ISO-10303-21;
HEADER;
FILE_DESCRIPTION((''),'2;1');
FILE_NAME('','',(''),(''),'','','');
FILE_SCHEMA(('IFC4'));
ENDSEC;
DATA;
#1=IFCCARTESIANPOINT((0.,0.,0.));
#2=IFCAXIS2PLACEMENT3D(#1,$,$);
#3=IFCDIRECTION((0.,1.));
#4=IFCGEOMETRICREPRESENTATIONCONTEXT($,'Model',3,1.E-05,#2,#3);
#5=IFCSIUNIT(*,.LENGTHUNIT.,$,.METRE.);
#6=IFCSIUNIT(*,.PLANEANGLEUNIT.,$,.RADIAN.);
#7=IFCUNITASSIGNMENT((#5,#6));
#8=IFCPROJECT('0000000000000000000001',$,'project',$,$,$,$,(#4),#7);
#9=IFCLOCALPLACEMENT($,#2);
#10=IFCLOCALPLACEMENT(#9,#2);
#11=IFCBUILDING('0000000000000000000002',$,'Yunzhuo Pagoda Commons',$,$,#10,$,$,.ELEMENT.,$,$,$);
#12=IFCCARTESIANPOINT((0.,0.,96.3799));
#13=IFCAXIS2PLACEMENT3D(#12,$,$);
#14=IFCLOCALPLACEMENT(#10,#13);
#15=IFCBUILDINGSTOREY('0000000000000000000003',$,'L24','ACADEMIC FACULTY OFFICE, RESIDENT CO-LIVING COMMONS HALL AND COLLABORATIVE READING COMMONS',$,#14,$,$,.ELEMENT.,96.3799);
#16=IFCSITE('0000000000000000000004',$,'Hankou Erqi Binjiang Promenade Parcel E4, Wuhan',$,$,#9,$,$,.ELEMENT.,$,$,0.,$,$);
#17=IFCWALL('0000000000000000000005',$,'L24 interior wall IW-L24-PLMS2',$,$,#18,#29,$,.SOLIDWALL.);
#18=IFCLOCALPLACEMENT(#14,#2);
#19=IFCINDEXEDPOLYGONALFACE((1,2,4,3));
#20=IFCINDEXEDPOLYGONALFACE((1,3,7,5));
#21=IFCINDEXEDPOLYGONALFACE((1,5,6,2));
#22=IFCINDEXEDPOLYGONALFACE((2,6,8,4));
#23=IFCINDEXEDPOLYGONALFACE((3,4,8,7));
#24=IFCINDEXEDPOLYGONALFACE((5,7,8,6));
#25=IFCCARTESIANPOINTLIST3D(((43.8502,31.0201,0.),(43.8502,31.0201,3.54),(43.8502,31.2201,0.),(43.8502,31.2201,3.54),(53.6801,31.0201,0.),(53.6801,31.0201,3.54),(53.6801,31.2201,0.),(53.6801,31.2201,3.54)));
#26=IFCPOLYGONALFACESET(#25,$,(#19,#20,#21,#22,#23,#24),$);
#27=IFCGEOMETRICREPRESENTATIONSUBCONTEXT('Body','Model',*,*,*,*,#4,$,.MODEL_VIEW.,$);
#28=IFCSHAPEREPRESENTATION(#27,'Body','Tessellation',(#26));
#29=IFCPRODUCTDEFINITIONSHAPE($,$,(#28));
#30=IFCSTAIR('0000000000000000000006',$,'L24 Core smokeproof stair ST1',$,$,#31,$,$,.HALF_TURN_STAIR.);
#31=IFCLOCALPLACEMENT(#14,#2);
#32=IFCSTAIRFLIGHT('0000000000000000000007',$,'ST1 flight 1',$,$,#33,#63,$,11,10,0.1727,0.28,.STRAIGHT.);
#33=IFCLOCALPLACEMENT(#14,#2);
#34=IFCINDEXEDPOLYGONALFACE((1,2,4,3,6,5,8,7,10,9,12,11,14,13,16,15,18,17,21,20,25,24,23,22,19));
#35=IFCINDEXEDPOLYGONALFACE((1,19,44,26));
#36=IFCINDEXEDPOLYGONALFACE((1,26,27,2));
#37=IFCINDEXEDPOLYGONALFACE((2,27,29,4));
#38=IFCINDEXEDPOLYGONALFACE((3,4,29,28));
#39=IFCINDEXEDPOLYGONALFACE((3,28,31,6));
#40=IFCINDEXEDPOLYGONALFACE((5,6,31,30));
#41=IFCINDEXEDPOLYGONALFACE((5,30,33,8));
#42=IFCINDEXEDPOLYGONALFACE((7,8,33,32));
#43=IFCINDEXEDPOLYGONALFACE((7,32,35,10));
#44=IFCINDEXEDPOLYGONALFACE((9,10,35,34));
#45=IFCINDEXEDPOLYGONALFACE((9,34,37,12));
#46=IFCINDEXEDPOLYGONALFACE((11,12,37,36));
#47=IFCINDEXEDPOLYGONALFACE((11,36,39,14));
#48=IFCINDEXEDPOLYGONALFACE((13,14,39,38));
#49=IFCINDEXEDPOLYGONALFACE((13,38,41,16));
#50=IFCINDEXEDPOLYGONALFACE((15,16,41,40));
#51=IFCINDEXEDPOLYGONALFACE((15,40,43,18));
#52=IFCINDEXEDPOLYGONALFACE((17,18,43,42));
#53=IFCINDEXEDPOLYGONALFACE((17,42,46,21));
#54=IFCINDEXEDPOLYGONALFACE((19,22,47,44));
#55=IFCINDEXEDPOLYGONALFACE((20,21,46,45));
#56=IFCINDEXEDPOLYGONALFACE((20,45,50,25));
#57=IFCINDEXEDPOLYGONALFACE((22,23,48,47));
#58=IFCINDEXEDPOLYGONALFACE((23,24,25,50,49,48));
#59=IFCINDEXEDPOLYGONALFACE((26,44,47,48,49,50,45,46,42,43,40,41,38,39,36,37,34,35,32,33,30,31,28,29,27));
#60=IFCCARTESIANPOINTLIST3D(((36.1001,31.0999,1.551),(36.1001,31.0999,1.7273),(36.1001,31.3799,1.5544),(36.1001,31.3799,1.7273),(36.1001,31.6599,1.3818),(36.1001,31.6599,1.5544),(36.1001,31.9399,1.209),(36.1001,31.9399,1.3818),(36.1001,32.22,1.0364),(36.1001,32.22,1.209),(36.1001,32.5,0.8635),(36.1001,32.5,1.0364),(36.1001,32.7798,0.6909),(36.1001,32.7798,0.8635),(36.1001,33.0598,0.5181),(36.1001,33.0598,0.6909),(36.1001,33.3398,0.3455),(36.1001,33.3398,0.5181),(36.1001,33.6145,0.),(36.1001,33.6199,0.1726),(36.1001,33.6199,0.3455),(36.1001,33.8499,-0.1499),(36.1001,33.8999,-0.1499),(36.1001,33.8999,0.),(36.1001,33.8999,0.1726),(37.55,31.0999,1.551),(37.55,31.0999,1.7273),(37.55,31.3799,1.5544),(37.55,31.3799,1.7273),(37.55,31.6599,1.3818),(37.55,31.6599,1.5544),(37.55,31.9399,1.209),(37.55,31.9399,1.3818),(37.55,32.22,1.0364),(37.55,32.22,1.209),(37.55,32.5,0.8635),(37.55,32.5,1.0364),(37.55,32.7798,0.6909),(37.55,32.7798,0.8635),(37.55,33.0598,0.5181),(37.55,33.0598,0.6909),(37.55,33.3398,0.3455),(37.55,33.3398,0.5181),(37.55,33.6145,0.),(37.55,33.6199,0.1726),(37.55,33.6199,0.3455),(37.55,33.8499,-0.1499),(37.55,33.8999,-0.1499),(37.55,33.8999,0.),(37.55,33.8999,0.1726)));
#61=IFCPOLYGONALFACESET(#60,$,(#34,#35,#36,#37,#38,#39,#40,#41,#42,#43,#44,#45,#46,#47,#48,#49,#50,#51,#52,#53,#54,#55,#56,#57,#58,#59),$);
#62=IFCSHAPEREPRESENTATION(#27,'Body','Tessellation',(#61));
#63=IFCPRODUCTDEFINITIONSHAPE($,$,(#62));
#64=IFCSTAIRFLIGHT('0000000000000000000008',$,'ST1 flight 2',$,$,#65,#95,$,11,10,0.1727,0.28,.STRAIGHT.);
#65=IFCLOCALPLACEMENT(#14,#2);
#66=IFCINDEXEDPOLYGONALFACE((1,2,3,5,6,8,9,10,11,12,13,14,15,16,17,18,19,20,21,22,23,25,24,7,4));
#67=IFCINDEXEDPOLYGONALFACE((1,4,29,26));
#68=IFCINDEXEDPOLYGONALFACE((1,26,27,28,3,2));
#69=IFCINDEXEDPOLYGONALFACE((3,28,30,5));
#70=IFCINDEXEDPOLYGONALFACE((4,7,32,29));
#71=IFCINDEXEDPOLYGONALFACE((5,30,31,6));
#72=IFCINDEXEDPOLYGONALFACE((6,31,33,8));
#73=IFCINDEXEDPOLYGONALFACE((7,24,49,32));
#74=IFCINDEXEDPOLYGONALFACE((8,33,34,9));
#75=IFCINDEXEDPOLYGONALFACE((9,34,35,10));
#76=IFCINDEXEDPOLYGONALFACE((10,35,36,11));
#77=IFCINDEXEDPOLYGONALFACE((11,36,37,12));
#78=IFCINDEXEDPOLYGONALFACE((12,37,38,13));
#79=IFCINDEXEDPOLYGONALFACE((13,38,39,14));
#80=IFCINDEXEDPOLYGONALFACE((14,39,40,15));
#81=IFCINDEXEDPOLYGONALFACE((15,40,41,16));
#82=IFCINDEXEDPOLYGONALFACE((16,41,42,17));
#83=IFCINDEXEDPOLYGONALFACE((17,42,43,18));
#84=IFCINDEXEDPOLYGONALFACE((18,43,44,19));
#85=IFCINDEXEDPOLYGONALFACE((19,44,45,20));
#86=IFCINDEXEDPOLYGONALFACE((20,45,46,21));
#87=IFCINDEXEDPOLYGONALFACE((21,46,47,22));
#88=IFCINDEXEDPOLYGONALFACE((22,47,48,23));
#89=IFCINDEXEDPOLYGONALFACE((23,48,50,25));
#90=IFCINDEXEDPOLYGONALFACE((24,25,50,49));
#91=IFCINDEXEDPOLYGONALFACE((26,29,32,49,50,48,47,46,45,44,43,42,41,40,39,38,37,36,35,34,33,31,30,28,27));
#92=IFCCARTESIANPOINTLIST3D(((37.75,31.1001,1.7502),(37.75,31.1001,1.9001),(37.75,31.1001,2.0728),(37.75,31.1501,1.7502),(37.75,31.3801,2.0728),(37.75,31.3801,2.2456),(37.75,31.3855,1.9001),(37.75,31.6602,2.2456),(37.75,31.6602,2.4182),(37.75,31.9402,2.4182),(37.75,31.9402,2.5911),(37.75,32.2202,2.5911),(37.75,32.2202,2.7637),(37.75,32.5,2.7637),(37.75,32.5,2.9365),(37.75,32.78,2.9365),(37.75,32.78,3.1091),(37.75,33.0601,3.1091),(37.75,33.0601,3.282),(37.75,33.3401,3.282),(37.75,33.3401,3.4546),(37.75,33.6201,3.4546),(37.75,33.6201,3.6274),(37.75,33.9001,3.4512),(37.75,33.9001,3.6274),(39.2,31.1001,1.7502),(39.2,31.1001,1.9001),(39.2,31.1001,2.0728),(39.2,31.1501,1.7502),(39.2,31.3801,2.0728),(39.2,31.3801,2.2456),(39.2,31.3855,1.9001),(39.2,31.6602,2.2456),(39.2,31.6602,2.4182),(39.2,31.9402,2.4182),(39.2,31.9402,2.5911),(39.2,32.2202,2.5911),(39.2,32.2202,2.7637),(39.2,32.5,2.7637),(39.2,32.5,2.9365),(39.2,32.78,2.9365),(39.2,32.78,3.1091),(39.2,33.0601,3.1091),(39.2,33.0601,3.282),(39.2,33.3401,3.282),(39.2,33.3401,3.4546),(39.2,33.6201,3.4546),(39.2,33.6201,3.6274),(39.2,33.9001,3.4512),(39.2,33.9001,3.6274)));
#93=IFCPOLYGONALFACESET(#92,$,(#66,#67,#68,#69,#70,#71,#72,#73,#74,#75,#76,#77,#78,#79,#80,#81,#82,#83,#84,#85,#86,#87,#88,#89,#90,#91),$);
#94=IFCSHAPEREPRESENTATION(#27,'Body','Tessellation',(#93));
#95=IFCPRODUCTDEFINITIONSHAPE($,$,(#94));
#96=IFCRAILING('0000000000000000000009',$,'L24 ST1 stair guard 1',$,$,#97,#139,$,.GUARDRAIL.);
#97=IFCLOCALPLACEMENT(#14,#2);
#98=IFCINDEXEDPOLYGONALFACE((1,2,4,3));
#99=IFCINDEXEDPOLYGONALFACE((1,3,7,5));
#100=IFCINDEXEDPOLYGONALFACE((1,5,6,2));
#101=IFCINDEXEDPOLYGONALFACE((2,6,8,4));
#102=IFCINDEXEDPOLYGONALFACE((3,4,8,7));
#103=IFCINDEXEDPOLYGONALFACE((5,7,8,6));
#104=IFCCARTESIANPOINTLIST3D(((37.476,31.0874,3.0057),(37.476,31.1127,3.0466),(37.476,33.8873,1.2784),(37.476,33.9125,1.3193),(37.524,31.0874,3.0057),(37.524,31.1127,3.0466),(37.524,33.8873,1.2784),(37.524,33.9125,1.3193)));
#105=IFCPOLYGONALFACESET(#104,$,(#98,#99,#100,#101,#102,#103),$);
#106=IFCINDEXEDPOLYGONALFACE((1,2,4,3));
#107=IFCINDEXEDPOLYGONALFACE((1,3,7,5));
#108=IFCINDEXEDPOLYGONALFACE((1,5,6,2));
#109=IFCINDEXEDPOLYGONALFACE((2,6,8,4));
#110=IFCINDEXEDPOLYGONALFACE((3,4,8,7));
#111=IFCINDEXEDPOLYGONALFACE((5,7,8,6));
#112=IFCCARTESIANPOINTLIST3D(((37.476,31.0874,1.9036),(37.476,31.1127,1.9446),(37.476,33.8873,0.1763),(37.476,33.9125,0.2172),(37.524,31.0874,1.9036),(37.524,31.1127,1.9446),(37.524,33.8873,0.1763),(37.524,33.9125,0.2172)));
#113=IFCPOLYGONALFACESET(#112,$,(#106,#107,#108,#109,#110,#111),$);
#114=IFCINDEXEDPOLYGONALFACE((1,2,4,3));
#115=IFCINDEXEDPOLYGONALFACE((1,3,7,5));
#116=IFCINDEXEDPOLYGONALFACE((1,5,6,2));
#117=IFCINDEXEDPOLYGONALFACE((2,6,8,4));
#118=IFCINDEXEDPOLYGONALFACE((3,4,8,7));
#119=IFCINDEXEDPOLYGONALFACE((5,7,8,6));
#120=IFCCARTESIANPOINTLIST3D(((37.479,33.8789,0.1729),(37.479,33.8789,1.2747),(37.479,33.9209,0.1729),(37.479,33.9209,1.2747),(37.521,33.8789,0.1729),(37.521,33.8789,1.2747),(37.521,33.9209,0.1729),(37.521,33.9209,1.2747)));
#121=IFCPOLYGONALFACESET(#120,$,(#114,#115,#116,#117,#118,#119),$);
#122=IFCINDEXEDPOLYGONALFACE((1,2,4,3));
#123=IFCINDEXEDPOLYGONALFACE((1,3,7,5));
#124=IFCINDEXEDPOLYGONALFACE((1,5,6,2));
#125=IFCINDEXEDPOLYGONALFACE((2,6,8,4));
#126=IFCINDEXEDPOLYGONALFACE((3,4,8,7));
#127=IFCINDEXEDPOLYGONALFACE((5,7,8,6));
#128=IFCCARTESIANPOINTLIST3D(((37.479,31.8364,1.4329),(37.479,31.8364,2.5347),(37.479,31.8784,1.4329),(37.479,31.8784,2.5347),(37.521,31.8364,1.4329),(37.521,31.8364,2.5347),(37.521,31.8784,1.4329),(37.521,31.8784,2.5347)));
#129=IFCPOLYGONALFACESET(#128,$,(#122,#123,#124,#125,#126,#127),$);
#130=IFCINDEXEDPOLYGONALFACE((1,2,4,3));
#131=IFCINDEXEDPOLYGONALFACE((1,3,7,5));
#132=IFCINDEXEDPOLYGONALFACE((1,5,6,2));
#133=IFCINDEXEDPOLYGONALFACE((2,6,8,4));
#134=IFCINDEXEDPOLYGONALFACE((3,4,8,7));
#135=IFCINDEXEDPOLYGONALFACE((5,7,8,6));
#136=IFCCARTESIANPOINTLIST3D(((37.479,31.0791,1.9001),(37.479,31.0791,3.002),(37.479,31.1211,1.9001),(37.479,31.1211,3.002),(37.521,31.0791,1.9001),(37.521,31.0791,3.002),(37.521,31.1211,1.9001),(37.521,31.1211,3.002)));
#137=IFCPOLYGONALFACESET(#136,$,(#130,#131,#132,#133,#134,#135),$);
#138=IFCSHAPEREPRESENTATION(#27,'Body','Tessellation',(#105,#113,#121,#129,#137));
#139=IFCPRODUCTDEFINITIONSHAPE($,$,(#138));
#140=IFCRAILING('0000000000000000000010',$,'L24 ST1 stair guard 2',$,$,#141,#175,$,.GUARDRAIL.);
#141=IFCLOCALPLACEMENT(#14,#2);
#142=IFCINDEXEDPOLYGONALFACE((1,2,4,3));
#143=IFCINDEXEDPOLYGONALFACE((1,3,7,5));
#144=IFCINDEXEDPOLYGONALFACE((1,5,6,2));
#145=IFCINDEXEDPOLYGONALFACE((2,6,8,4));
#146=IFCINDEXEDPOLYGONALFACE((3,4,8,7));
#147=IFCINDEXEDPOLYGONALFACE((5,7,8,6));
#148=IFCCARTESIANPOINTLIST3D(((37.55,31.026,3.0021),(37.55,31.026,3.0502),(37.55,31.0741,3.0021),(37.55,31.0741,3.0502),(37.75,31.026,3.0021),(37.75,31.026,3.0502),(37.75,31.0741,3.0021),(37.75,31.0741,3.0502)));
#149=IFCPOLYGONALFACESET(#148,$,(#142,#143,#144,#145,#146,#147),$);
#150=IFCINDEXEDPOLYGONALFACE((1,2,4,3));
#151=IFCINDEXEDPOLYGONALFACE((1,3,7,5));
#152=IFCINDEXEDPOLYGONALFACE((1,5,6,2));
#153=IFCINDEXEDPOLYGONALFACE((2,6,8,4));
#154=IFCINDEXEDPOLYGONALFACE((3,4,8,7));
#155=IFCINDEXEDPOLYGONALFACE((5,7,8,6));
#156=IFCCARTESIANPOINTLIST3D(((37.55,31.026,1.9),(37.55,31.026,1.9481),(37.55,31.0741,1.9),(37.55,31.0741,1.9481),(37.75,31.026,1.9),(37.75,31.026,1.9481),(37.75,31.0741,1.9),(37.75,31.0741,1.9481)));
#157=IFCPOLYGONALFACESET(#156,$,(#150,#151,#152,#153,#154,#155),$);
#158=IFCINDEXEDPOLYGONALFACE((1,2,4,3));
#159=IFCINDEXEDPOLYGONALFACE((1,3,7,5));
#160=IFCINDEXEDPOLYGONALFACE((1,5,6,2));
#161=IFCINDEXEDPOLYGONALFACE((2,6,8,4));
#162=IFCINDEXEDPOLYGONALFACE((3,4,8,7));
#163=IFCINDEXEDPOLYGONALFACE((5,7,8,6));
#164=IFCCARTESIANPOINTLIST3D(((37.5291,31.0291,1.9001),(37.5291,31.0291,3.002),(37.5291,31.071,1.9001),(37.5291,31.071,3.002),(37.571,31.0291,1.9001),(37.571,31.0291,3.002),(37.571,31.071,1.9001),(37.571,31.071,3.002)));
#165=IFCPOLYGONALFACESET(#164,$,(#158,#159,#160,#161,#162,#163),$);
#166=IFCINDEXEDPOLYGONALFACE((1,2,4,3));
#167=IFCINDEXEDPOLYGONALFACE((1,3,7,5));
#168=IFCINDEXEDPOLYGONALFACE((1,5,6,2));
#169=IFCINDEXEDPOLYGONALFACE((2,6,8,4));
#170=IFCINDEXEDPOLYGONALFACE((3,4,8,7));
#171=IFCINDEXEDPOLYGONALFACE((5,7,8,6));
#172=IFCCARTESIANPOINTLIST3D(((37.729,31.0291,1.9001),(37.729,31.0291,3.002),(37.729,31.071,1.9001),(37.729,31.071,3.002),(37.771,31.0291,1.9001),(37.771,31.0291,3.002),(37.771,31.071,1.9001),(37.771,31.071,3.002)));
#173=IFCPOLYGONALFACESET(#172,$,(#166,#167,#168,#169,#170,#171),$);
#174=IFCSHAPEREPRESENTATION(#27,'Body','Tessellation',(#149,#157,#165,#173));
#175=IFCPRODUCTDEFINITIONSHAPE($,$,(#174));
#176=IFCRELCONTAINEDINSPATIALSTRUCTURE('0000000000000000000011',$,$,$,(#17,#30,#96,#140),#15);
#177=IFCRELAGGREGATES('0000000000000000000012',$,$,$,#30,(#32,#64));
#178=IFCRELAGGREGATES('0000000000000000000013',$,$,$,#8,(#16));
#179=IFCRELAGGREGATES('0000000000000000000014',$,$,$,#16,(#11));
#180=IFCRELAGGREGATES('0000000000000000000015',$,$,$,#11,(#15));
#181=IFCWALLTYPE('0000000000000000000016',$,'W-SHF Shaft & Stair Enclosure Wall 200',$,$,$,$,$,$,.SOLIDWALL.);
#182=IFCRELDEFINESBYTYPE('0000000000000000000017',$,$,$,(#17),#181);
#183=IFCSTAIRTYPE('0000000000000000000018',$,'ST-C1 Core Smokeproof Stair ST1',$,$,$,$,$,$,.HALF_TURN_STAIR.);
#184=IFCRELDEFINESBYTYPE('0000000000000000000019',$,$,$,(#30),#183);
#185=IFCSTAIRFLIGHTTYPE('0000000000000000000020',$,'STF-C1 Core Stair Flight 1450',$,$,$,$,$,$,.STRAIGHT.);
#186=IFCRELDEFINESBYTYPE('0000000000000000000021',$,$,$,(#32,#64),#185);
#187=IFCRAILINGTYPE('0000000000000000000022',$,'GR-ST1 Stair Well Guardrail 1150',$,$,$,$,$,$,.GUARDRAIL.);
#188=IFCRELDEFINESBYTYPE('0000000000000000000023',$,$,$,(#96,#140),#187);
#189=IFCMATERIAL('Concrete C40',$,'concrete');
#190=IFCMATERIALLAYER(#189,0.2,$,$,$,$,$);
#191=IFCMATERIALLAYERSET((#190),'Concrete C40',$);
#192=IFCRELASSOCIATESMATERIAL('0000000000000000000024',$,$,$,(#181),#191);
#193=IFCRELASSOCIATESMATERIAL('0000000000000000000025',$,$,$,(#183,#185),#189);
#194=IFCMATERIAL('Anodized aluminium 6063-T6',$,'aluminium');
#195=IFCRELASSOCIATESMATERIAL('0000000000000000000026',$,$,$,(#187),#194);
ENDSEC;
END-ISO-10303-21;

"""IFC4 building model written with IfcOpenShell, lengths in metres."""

from ifc_helpers import new_model, si_unit, direction, frame, frame_2d, origin, origin_2d, place, context, subcontext, project, spatial, polyline, rectangle, outline, extrude, source, transform, mapped, material, layer, layer_set, type_object, element, aggregate, save


model = new_model("IFC4")

# Units and contexts
model_context = context("Model", 3, precision=1e-05, world=origin(), true_north=direction((0.0, 1.0)))
body_context = subcontext(model_context, "Body", "Model", "MODEL_VIEW")
ifc_project = project(units=[si_unit("LENGTHUNIT", "METRE"), si_unit("PLANEANGLEUNIT", "RADIAN")], contexts=[model_context])

# Site, building, storey
site_placement = place(None, origin())
site = spatial("IfcSite", under=ifc_project, at=site_placement, Name="Hankou Erqi Binjiang Promenade Parcel E4, Wuhan", CompositionType="ELEMENT", RefElevation=0.0)
building_placement = place(site_placement, origin())
building = spatial("IfcBuilding", under=site, at=building_placement, Name="Yunzhuo Pagoda Commons", CompositionType="ELEMENT")
storey_placement = place(building_placement, frame((0.0, 0.0, 96.3799)))
storey = spatial("IfcBuildingStorey", under=building, at=storey_placement, Name="L24", Description="ACADEMIC FACULTY OFFICE, RESIDENT CO-LIVING COMMONS HALL AND COLLABORATIVE READING COMMONS", CompositionType="ELEMENT", Elevation=96.3799)

# Shared definitions
ifc_material_1 = material(Name="Concrete C40", Category="concrete")
ifc_layer_1 = layer(ifc_material_1, 0.2)
ifc_layer_set_1 = layer_set([ifc_layer_1], Name="Concrete C40")
wall_type_1 = type_object("IfcWallType", Name="W-SHF Shaft & Stair Enclosure Wall 200", PredefinedType="SOLIDWALL", material=ifc_layer_set_1)

# Wall
wall_1_placement = place(storey_placement, frame((43.8501, 31.1201, 0.0), z_axis=(0.0, 0.0, 1.0), x_axis=(1.0, 0.0, 0.0)))
element("IfcWall", 1, at=wall_1_placement, inside=storey, type_object=wall_type_1, Name="L24 interior wall IW-L24-PLMS2", PredefinedType="SOLIDWALL", context=body_context, shape_type="SweptSolid", body=[
    extrude(rectangle(XDim=9.8298, YDim=0.2, at=frame_2d((4.915, 0.0))), origin(), (0.0, 0.0, 1.0), 3.54),
])

# Stair, stair flights
stair_type = type_object("IfcStairType", Name="ST-C1 Core Smokeproof Stair ST1", PredefinedType="HALF_TURN_STAIR", material=ifc_material_1)
stair_placement = place(storey_placement, origin())
stair = element("IfcStair", 2, at=stair_placement, inside=storey, type_object=stair_type, Name="L24 Core smokeproof stair ST1", PredefinedType="HALF_TURN_STAIR")
stair_flight_type = type_object("IfcStairFlightType", Name="STF-C1 Core Stair Flight 1450", PredefinedType="STRAIGHT", material=ifc_material_1)
shared_shape_1 = source(origin(), body_context, "Body", "SweptSolid", [
    extrude(outline(polyline([(0.0, -0.1499), (0.0, 0.0), (0.0, 0.1726), (0.28, 0.1726), (0.28, 0.3455), (0.5601, 0.3455), (0.5601, 0.5181), (0.8401, 0.5181), (0.8401, 0.6909), (1.1201, 0.6909), (1.1201, 0.8635), (1.3999, 0.8635), (1.3999, 1.0364), (1.6799, 1.0364), (1.6799, 1.209), (1.96, 1.209), (1.96, 1.3818), (2.24, 1.3818), (2.24, 1.5544), (2.52, 1.5544), (2.52, 1.7273), (2.8, 1.7273), (2.8, 1.8999), (2.8, 1.551), (0.2854, 0.0), (0.05, -0.1499), (0.0, -0.1499)])), frame((0.0, 0.7251, 0.0), z_axis=(0.0, -1.0, 0.0), x_axis=(1.0, 0.0, 0.0)), (0.0, 0.0, 1.0), 1.45),
])
stair_flight_1_placement = place(storey_placement, frame((36.825, 33.8999, 0.0), z_axis=(0.0, 0.0, 1.0), x_axis=(0.0, -1.0, 0.0)))
stair_flight_1 = element("IfcStairFlight", 3, at=stair_flight_1_placement, type_object=stair_flight_type, Name="ST1 flight 1", NumberOfRisers=11, NumberOfTreads=10, PredefinedType="STRAIGHT", RiserHeight=0.1727, TreadLength=0.28, context=body_context, shape_type="MappedRepresentation", body=[
    mapped(shared_shape_1, transform((0.0, 0.0, 0.0), scale=1.0)),
])
stair_flight_2_placement = place(storey_placement, frame((38.4751, 31.1001, 1.9001), z_axis=(0.0, 0.0, 1.0), x_axis=(0.0, 1.0, 0.0)))
stair_flight_2 = element("IfcStairFlight", 4, at=stair_flight_2_placement, type_object=stair_flight_type, Name="ST1 flight 2", NumberOfRisers=11, NumberOfTreads=10, PredefinedType="STRAIGHT", RiserHeight=0.1727, TreadLength=0.28, context=body_context, shape_type="MappedRepresentation", body=[
    mapped(shared_shape_1, transform((0.0, 0.0, 0.0), scale=1.0)),
])
aggregate(stair, [stair_flight_1, stair_flight_2])

# Railings
ifc_material_2 = material(Name="Anodized aluminium 6063-T6", Category="aluminium")
railing_type_1 = type_object("IfcRailingType", Name="GR-ST1 Stair Well Guardrail 1150", PredefinedType="GUARDRAIL", material=ifc_material_2)
railing_1_placement = place(storey_placement, frame((37.5, 33.8999, 0.1729)))
element("IfcRailing", 5, at=railing_1_placement, inside=storey, type_object=railing_type_1, Name="L24 ST1 stair guard 1", PredefinedType="GUARDRAIL", context=body_context, shape_type="SweptSolid", body=[
    extrude(rectangle(XDim=0.0481, YDim=0.0481, at=origin_2d()), frame((0.0, 0.0, 1.126), z_axis=(0.0, -0.851069, 0.525054), x_axis=(1.0, 0.0, 0.0)), (0.0, 0.0, 1.0), 3.2898),
    extrude(rectangle(XDim=0.0481, YDim=0.0481, at=origin_2d()), frame((0.0, 0.0, 0.0239), z_axis=(0.0, -0.851069, 0.525054), x_axis=(1.0, 0.0, 0.0)), (0.0, 0.0, 1.0), 3.2898),
    extrude(rectangle(XDim=0.042, YDim=0.042, at=origin_2d()), origin(), (0.0, 0.0, 1.0), 1.1018),
    extrude(rectangle(XDim=0.042, YDim=0.042, at=origin_2d()), frame((0.0, -2.0425, 1.26)), (0.0, 0.0, 1.0), 1.1018),
    extrude(rectangle(XDim=0.042, YDim=0.042, at=origin_2d()), frame((0.0, -2.7998, 1.7273)), (0.0, 0.0, 1.0), 1.1018),
])
railing_2_placement = place(storey_placement, frame((37.55, 31.05, 1.9001)))
element("IfcRailing", 6, at=railing_2_placement, inside=storey, type_object=railing_type_1, Name="L24 ST1 stair guard 2", PredefinedType="GUARDRAIL", context=body_context, shape_type="SweptSolid", body=[
    extrude(rectangle(XDim=0.0481, YDim=0.0481, at=origin_2d()), frame((0.0, 0.0, 1.126), z_axis=(1.0, 0.0, 0.0), x_axis=(0.0, 1.0, 0.0)), (0.0, 0.0, 1.0), 0.2),
    extrude(rectangle(XDim=0.0481, YDim=0.0481, at=origin_2d()), frame((0.0, 0.0, 0.0239), z_axis=(1.0, 0.0, 0.0), x_axis=(0.0, 1.0, 0.0)), (0.0, 0.0, 1.0), 0.2),
    extrude(rectangle(XDim=0.042, YDim=0.042, at=origin_2d()), origin(), (0.0, 0.0, 1.0), 1.1018),
    extrude(rectangle(XDim=0.042, YDim=0.042, at=origin_2d()), frame((0.2, 0.0, 0.0)), (0.0, 0.0, 1.0), 1.1018),
])

save(model, "model.ifc")
